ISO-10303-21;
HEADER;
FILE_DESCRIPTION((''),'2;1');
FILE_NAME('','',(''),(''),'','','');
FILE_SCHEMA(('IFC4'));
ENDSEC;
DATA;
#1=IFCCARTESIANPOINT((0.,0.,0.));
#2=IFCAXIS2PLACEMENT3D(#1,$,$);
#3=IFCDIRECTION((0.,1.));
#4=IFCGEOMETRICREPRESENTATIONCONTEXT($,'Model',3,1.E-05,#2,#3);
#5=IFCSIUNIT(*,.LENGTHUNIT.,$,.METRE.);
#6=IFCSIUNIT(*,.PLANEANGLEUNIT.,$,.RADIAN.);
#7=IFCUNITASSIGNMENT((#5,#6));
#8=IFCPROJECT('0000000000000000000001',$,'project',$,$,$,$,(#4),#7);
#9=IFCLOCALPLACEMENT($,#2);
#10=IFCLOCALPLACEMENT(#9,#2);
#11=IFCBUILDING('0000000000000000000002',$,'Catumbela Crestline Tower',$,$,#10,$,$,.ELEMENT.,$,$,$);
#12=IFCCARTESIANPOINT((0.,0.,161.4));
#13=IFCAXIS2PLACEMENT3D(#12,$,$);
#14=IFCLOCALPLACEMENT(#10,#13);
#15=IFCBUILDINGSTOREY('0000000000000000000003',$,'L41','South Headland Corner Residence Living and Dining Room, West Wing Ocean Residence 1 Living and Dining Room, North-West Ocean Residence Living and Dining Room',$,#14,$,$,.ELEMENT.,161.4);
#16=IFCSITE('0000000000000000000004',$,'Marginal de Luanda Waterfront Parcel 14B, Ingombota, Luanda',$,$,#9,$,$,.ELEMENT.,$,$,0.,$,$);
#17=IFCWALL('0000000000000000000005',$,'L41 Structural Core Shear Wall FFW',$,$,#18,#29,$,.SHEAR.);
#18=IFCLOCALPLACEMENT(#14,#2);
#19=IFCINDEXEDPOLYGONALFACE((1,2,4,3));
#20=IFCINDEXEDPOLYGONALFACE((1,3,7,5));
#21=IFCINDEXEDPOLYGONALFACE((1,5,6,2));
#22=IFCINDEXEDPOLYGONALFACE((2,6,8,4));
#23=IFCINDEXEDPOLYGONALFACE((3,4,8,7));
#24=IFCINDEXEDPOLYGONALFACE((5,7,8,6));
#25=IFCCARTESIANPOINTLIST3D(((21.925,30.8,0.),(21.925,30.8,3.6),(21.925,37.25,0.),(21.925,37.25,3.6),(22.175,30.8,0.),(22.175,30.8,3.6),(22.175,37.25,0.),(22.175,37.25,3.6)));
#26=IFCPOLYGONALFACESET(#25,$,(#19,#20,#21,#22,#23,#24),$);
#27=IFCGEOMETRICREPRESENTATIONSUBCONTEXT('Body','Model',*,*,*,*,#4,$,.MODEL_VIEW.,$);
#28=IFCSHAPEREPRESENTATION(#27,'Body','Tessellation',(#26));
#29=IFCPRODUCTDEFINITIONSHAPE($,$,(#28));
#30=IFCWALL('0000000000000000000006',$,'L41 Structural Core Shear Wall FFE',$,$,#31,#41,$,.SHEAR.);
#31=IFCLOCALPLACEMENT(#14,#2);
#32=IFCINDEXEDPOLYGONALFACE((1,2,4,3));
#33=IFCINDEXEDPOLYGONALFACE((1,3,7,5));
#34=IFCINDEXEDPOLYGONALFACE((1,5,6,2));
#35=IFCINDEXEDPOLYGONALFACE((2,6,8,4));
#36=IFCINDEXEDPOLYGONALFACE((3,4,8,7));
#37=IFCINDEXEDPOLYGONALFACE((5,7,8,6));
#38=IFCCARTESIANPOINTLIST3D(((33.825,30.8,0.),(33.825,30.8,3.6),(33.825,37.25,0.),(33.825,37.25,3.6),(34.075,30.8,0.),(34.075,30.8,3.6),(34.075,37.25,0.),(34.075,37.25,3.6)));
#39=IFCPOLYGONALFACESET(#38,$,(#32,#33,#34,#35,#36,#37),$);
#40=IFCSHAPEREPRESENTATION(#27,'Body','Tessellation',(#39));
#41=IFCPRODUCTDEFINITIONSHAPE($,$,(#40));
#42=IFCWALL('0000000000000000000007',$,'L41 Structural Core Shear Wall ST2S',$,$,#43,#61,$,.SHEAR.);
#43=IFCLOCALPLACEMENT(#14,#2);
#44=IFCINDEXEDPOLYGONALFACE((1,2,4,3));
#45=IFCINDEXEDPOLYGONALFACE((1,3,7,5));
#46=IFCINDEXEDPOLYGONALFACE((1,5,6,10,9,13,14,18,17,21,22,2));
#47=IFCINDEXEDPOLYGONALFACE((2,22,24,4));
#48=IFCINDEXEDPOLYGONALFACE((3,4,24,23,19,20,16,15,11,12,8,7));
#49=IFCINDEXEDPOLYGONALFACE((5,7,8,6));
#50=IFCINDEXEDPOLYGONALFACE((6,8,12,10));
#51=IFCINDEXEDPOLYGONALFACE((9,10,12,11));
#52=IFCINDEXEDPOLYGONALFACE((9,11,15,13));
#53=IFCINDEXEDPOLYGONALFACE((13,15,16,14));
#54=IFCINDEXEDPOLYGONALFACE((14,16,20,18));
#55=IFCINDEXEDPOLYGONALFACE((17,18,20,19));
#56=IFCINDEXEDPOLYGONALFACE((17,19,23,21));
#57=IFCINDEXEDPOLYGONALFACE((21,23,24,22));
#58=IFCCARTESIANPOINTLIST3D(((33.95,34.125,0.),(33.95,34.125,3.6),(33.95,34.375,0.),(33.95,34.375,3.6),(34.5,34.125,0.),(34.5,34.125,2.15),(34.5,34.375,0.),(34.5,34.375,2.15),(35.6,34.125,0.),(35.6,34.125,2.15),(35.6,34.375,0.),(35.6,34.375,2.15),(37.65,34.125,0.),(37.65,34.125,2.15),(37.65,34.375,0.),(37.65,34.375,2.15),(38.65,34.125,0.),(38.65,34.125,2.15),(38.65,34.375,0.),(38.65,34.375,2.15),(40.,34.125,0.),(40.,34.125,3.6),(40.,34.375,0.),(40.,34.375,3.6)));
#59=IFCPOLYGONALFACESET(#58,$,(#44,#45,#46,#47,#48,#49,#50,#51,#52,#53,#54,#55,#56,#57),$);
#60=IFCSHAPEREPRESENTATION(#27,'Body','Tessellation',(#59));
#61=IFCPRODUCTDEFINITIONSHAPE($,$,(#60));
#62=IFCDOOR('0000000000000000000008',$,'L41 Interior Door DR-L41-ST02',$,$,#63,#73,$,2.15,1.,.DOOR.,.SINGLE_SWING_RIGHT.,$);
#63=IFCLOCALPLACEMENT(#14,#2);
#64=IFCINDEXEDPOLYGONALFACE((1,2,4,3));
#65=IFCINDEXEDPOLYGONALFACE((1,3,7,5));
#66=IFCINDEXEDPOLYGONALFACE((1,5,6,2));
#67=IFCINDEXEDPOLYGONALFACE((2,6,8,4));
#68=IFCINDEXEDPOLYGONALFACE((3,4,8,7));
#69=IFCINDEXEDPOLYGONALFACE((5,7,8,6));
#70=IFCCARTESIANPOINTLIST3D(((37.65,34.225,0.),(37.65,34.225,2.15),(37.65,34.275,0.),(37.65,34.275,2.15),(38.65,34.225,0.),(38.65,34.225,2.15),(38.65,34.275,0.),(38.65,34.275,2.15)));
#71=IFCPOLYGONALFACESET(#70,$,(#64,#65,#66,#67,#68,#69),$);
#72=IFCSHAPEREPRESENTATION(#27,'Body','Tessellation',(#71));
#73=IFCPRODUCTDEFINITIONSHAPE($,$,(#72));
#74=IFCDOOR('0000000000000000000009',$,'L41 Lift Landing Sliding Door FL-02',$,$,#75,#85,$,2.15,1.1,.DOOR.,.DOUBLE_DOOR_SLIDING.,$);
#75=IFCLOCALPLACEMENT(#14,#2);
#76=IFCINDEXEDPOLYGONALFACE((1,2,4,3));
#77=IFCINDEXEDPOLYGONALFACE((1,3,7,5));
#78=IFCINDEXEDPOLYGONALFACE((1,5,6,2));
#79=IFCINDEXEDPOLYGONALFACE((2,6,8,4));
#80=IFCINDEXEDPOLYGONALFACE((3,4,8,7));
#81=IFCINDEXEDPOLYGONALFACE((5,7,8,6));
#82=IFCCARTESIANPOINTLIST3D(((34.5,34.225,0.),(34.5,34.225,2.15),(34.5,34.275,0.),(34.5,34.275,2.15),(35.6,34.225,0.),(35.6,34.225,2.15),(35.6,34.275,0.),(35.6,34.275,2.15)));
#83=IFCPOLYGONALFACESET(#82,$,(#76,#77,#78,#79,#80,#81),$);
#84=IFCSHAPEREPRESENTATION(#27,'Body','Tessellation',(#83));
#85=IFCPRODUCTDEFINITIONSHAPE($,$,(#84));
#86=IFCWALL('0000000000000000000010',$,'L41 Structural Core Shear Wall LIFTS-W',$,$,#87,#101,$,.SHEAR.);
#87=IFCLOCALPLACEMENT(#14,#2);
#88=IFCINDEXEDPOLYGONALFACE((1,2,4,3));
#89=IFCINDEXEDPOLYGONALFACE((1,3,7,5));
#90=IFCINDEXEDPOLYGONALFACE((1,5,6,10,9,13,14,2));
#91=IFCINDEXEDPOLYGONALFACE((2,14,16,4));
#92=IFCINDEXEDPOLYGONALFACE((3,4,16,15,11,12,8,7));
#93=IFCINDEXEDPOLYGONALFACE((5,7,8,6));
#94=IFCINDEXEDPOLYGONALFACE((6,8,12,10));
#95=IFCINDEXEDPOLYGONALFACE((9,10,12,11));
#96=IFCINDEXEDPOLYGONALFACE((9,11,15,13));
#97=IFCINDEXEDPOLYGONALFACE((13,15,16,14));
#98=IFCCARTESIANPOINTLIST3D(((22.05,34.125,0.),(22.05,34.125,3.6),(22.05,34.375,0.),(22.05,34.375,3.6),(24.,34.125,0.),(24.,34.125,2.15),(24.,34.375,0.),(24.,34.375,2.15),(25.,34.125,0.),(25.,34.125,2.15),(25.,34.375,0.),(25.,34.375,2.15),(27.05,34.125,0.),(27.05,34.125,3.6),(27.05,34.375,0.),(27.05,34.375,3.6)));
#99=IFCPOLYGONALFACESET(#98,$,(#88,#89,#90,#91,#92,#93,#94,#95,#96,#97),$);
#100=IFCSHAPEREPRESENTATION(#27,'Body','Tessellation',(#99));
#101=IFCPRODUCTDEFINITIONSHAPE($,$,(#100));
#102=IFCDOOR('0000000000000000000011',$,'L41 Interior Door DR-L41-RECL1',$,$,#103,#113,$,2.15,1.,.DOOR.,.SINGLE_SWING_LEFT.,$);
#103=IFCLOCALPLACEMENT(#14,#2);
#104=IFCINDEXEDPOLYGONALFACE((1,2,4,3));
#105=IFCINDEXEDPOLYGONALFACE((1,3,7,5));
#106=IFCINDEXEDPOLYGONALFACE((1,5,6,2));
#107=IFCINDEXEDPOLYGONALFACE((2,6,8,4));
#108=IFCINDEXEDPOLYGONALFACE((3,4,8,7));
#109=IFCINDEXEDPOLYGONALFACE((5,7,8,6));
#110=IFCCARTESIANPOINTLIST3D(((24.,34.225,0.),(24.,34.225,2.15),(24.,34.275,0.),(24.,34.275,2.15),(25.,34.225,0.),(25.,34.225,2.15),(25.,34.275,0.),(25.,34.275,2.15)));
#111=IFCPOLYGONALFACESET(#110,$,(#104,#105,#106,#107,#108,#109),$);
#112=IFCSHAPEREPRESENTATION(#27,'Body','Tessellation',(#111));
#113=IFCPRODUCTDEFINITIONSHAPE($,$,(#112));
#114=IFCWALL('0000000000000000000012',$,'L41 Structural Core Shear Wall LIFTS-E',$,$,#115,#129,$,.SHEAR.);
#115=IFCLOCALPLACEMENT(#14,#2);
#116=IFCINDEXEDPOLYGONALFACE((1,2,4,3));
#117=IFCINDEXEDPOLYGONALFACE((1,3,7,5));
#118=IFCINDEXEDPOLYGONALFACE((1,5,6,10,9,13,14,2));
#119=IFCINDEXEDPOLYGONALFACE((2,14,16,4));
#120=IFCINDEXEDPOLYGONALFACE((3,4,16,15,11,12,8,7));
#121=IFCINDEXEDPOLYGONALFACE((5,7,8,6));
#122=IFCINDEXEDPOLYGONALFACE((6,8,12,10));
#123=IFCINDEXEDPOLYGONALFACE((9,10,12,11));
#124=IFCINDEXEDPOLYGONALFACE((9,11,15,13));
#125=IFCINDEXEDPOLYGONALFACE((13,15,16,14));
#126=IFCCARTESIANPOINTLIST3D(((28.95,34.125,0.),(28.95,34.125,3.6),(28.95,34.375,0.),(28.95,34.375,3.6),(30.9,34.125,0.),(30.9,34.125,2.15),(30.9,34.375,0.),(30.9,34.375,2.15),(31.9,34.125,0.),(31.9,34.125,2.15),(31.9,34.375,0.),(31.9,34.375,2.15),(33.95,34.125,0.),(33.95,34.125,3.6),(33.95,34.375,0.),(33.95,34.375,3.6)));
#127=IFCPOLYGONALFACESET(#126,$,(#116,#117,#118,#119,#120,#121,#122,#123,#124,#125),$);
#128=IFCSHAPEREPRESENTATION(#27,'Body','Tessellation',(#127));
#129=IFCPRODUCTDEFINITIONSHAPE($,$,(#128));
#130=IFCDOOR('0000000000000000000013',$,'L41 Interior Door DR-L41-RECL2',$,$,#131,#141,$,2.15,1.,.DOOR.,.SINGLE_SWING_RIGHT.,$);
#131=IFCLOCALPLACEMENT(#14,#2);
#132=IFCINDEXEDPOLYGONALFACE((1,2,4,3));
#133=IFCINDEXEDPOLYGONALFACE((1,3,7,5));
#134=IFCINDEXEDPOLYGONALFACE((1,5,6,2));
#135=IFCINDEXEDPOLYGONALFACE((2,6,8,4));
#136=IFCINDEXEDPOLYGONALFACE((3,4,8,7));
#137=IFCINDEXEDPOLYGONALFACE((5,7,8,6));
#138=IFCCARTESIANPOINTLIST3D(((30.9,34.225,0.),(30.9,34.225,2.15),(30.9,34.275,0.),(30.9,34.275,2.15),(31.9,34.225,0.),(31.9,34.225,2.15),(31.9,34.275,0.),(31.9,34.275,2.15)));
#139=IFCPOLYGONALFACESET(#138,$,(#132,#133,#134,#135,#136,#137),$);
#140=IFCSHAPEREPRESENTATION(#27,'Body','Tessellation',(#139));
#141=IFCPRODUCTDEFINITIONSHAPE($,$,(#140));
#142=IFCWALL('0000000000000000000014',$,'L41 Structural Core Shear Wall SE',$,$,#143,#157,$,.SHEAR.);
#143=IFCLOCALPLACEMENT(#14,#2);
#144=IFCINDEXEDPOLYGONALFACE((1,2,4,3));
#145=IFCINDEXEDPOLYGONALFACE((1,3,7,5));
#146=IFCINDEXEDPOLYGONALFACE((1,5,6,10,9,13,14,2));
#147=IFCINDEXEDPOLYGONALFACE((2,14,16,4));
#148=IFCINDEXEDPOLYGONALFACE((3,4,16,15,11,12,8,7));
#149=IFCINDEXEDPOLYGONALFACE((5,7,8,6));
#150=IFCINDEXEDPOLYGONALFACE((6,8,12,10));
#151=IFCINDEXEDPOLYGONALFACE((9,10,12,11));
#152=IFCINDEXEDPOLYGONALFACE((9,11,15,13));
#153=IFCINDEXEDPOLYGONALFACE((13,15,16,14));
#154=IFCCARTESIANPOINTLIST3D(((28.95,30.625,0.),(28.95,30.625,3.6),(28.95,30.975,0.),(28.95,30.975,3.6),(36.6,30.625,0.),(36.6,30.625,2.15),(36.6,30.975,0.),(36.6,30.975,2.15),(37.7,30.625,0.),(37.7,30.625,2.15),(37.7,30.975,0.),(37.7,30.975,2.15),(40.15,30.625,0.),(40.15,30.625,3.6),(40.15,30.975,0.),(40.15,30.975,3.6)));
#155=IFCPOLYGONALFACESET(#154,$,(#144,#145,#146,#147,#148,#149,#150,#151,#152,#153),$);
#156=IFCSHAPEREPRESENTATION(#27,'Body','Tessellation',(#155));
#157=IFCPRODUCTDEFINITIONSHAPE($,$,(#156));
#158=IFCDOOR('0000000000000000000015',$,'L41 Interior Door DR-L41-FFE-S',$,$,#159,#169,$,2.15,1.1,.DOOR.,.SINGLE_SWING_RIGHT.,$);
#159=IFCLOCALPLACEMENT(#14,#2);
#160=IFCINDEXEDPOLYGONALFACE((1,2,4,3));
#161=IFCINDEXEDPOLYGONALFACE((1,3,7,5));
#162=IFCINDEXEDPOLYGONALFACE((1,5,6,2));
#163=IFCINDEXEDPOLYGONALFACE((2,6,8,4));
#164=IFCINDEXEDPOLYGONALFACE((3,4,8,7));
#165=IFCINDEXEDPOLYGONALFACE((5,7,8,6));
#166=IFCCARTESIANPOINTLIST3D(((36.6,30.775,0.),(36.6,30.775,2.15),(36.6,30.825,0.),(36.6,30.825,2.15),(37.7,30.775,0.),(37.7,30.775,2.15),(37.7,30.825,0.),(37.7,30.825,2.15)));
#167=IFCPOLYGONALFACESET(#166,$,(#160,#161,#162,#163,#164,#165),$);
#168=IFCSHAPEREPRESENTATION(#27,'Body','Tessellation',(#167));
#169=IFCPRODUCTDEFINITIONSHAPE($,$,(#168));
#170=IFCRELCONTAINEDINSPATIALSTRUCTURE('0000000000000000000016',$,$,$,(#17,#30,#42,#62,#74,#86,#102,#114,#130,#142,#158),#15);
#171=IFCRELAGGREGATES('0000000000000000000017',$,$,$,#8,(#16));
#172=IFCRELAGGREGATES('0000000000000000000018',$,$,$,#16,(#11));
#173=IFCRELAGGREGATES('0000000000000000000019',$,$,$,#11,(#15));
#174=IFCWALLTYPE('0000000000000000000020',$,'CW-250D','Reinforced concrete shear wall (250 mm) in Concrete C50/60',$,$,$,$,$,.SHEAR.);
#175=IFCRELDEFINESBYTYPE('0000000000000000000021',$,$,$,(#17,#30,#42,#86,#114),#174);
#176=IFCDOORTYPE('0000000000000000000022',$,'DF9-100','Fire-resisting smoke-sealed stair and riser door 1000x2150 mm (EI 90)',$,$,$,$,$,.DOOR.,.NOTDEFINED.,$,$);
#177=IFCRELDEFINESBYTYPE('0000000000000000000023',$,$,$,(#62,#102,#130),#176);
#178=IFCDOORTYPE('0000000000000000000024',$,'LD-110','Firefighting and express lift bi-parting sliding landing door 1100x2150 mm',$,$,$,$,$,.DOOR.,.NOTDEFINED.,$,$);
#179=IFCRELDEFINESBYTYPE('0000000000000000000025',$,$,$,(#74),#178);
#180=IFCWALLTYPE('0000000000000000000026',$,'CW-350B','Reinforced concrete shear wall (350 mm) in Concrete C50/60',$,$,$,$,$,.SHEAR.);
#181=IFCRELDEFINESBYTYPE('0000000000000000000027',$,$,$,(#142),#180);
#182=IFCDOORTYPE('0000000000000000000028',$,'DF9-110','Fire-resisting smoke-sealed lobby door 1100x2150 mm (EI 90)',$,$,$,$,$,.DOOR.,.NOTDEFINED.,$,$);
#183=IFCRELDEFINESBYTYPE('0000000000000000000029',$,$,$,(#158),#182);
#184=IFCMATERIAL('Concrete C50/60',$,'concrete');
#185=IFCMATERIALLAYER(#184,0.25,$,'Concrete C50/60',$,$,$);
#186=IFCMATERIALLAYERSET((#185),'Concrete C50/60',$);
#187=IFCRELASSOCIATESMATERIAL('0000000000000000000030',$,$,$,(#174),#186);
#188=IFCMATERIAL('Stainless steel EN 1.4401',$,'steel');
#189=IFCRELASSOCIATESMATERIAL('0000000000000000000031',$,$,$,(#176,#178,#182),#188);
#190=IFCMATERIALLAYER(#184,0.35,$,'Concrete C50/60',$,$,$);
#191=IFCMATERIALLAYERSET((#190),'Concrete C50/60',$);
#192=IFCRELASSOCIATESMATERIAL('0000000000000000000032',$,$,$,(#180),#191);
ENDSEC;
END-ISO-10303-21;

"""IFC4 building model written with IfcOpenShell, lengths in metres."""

from ifc_helpers import new_model, si_unit, direction, frame, frame_2d, origin, place, context, subcontext, project, spatial, rectangle, extrude, material, layer, layer_set, type_object, element, fill, save


model = new_model("IFC4")

# Units and contexts
model_context = context("Model", 3, precision=1e-05, world=origin(), true_north=direction((0.0, 1.0)))
body_context = subcontext(model_context, "Body", "Model", "MODEL_VIEW")
ifc_project = project(units=[si_unit("LENGTHUNIT", "METRE"), si_unit("PLANEANGLEUNIT", "RADIAN")], contexts=[model_context])

# Site, building, storey
site_placement = place(None, origin())
site = spatial("IfcSite", under=ifc_project, at=site_placement, Name="Marginal de Luanda Waterfront Parcel 14B, Ingombota, Luanda", CompositionType="ELEMENT", RefElevation=0.0)
building_placement = place(site_placement, origin())
building = spatial("IfcBuilding", under=site, at=building_placement, Name="Catumbela Crestline Tower", CompositionType="ELEMENT")
storey_placement = place(building_placement, frame((0.0, 0.0, 161.4)))
storey = spatial("IfcBuildingStorey", under=building, at=storey_placement, Name="L41", Description="South Headland Corner Residence Living and Dining Room, West Wing Ocean Residence 1 Living and Dining Room, North-West Ocean Residence Living and Dining Room", CompositionType="ELEMENT", Elevation=161.4)

# Walls
ifc_material_1 = material(Name="Concrete C50/60", Category="concrete")
ifc_layer_1 = layer(ifc_material_1, 0.25, Name="Concrete C50/60")
ifc_layer_set_1 = layer_set([ifc_layer_1], Name="Concrete C50/60")
wall_type_1 = type_object("IfcWallType", Name="CW-250D", Description="Reinforced concrete shear wall (250 mm) in Concrete C50/60", PredefinedType="SHEAR", material=ifc_layer_set_1)
for number, where, z_axis, x_axis, name in (
    (1, (22.05, 30.8, 0.0), (0.0, 0.0, 1.0), (0.0, 1.0, 0.0), "L41 Structural Core Shear Wall FFW"),
    (2, (33.95, 30.8, 0.0), (0.0, 0.0, 1.0), (0.0, 1.0, 0.0), "L41 Structural Core Shear Wall FFE"),
):
    element("IfcWall", number, at=place(storey_placement, frame(where, z_axis=z_axis, x_axis=x_axis)), inside=storey, type_object=wall_type_1, Name=name, PredefinedType="SHEAR", context=body_context, shape_type="SweptSolid", body=[
        extrude(rectangle(XDim=6.45, YDim=0.25, at=frame_2d((3.225, 0.0))), origin(), (0.0, 0.0, 1.0), 3.6),
    ])

# Wall, openings, doors
wall_1_placement = place(storey_placement, frame((33.95, 34.25, 0.0), z_axis=(0.0, 0.0, 1.0), x_axis=(1.0, 0.0, 0.0)))
wall_1 = element("IfcWall", 3, at=wall_1_placement, inside=storey, type_object=wall_type_1, Name="L41 Structural Core Shear Wall ST2S", PredefinedType="SHEAR", context=body_context, shape_type="SweptSolid", body=[
    extrude(rectangle(XDim=6.05, YDim=0.25, at=frame_2d((3.025, 0.0))), origin(), (0.0, 0.0, 1.0), 3.6),
])
opening_1_placement = place(wall_1_placement, frame((3.7, 0.0, 0.0)))
opening_1 = element("IfcOpeningElement", 4, at=opening_1_placement, cuts=wall_1, PredefinedType="OPENING", context=body_context, shape_type="SweptSolid", body=[
    extrude(rectangle(XDim=1.0, YDim=2.15, at=frame_2d((0.5, 1.075))), frame((0.0, 0.135, 0.0), z_axis=(0.0, -1.0, 0.0), x_axis=(1.0, 0.0, 0.0)), (0.0, 0.0, 1.0), 0.27),
])
opening_2_placement = place(wall_1_placement, frame((0.55, 0.0, 0.0)))
opening_2 = element("IfcOpeningElement", 5, at=opening_2_placement, cuts=wall_1, PredefinedType="OPENING", context=body_context, shape_type="SweptSolid", body=[
    extrude(rectangle(XDim=1.1, YDim=2.15, at=frame_2d((0.55, 1.075))), frame((0.0, 0.135, 0.0), z_axis=(0.0, -1.0, 0.0), x_axis=(1.0, 0.0, 0.0)), (0.0, 0.0, 1.0), 0.27),
])
ifc_material_2 = material(Name="Stainless steel EN 1.4401", Category="steel")
door_type_1 = type_object("IfcDoorType", Name="DF9-100", Description="Fire-resisting smoke-sealed stair and riser door 1000x2150 mm (EI 90)", OperationType="NOTDEFINED", PredefinedType="DOOR", material=ifc_material_2)
door_1_placement = place(opening_1_placement, origin())
door_1 = element("IfcDoor", 6, at=door_1_placement, inside=storey, type_object=door_type_1, Name="L41 Interior Door DR-L41-ST02", OperationType="SINGLE_SWING_RIGHT", OverallHeight=2.15, OverallWidth=1.0, PredefinedType="DOOR", context=body_context, shape_type="SweptSolid", body=[
    extrude(rectangle(XDim=1.0, YDim=2.15, at=frame_2d((0.5, 1.075))), frame((0.0, 0.025, 0.0), z_axis=(0.0, -1.0, 0.0), x_axis=(1.0, 0.0, 0.0)), (0.0, 0.0, 1.0), 0.05),
])
fill(opening_1, door_1)
door_type_2 = type_object("IfcDoorType", Name="LD-110", Description="Firefighting and express lift bi-parting sliding landing door 1100x2150 mm", OperationType="NOTDEFINED", PredefinedType="DOOR", material=ifc_material_2)
door_2_placement = place(opening_2_placement, origin())
door_2 = element("IfcDoor", 7, at=door_2_placement, inside=storey, type_object=door_type_2, Name="L41 Lift Landing Sliding Door FL-02", OperationType="DOUBLE_DOOR_SLIDING", OverallHeight=2.15, OverallWidth=1.1, PredefinedType="DOOR", context=body_context, shape_type="SweptSolid", body=[
    extrude(rectangle(XDim=1.1, YDim=2.15, at=frame_2d((0.55, 1.075))), frame((0.0, 0.025, 0.0), z_axis=(0.0, -1.0, 0.0), x_axis=(1.0, 0.0, 0.0)), (0.0, 0.0, 1.0), 0.05),
])
fill(opening_2, door_2)

# Walls, openings, doors
wall_2_placement = place(storey_placement, frame((22.05, 34.25, 0.0), z_axis=(0.0, 0.0, 1.0), x_axis=(1.0, 0.0, 0.0)))
wall_2 = element("IfcWall", 8, at=wall_2_placement, inside=storey, type_object=wall_type_1, Name="L41 Structural Core Shear Wall LIFTS-W", PredefinedType="SHEAR", context=body_context, shape_type="SweptSolid", body=[
    extrude(rectangle(XDim=5.0, YDim=0.25, at=frame_2d((2.5, 0.0))), origin(), (0.0, 0.0, 1.0), 3.6),
])
opening_3_placement = place(wall_2_placement, frame((1.95, 0.0, 0.0)))
opening_3 = element("IfcOpeningElement", 9, at=opening_3_placement, cuts=wall_2, PredefinedType="OPENING", context=body_context, shape_type="SweptSolid", body=[
    extrude(rectangle(XDim=1.0, YDim=2.15, at=frame_2d((0.5, 1.075))), frame((0.0, 0.135, 0.0), z_axis=(0.0, -1.0, 0.0), x_axis=(1.0, 0.0, 0.0)), (0.0, 0.0, 1.0), 0.27),
])
door_3_placement = place(opening_3_placement, origin())
door_3 = element("IfcDoor", 10, at=door_3_placement, inside=storey, type_object=door_type_1, Name="L41 Interior Door DR-L41-RECL1", OperationType="SINGLE_SWING_LEFT", OverallHeight=2.15, OverallWidth=1.0, PredefinedType="DOOR", context=body_context, shape_type="SweptSolid", body=[
    extrude(rectangle(XDim=1.0, YDim=2.15, at=frame_2d((0.5, 1.075))), frame((0.0, 0.025, 0.0), z_axis=(0.0, -1.0, 0.0), x_axis=(1.0, 0.0, 0.0)), (0.0, 0.0, 1.0), 0.05),
])
fill(opening_3, door_3)
wall_3_placement = place(storey_placement, frame((28.95, 34.25, 0.0), z_axis=(0.0, 0.0, 1.0), x_axis=(1.0, 0.0, 0.0)))
wall_3 = element("IfcWall", 11, at=wall_3_placement, inside=storey, type_object=wall_type_1, Name="L41 Structural Core Shear Wall LIFTS-E", PredefinedType="SHEAR", context=body_context, shape_type="SweptSolid", body=[
    extrude(rectangle(XDim=5.0, YDim=0.25, at=frame_2d((2.5, 0.0))), origin(), (0.0, 0.0, 1.0), 3.6),
])
opening_4_placement = place(wall_3_placement, frame((1.95, 0.0, 0.0)))
opening_4 = element("IfcOpeningElement", 12, at=opening_4_placement, cuts=wall_3, PredefinedType="OPENING", context=body_context, shape_type="SweptSolid", body=[
    extrude(rectangle(XDim=1.0, YDim=2.15, at=frame_2d((0.5, 1.075))), frame((0.0, 0.135, 0.0), z_axis=(0.0, -1.0, 0.0), x_axis=(1.0, 0.0, 0.0)), (0.0, 0.0, 1.0), 0.27),
])
door_4_placement = place(opening_4_placement, origin())
door_4 = element("IfcDoor", 13, at=door_4_placement, inside=storey, type_object=door_type_1, Name="L41 Interior Door DR-L41-RECL2", OperationType="SINGLE_SWING_RIGHT", OverallHeight=2.15, OverallWidth=1.0, PredefinedType="DOOR", context=body_context, shape_type="SweptSolid", body=[
    extrude(rectangle(XDim=1.0, YDim=2.15, at=frame_2d((0.5, 1.075))), frame((0.0, 0.025, 0.0), z_axis=(0.0, -1.0, 0.0), x_axis=(1.0, 0.0, 0.0)), (0.0, 0.0, 1.0), 0.05),
])
fill(opening_4, door_4)
ifc_layer_2 = layer(ifc_material_1, 0.35, Name="Concrete C50/60")
ifc_layer_set_2 = layer_set([ifc_layer_2], Name="Concrete C50/60")
wall_type_2 = type_object("IfcWallType", Name="CW-350B", Description="Reinforced concrete shear wall (350 mm) in Concrete C50/60", PredefinedType="SHEAR", material=ifc_layer_set_2)
wall_4_placement = place(storey_placement, frame((28.95, 30.8, 0.0), z_axis=(0.0, 0.0, 1.0), x_axis=(1.0, 0.0, 0.0)))
wall_4 = element("IfcWall", 14, at=wall_4_placement, inside=storey, type_object=wall_type_2, Name="L41 Structural Core Shear Wall SE", PredefinedType="SHEAR", context=body_context, shape_type="SweptSolid", body=[
    extrude(rectangle(XDim=11.2, YDim=0.35, at=frame_2d((5.6, 0.0))), origin(), (0.0, 0.0, 1.0), 3.6),
])
opening_5_placement = place(wall_4_placement, frame((7.65, 0.0, 0.0)))
opening_5 = element("IfcOpeningElement", 15, at=opening_5_placement, cuts=wall_4, PredefinedType="OPENING", context=body_context, shape_type="SweptSolid", body=[
    extrude(rectangle(XDim=1.1, YDim=2.15, at=frame_2d((0.55, 1.075))), frame((0.0, 0.185, 0.0), z_axis=(0.0, -1.0, 0.0), x_axis=(1.0, 0.0, 0.0)), (0.0, 0.0, 1.0), 0.37),
])
door_type_3 = type_object("IfcDoorType", Name="DF9-110", Description="Fire-resisting smoke-sealed lobby door 1100x2150 mm (EI 90)", OperationType="NOTDEFINED", PredefinedType="DOOR", material=ifc_material_2)
door_5_placement = place(opening_5_placement, origin())
door_5 = element("IfcDoor", 16, at=door_5_placement, inside=storey, type_object=door_type_3, Name="L41 Interior Door DR-L41-FFE-S", OperationType="SINGLE_SWING_RIGHT", OverallHeight=2.15, OverallWidth=1.1, PredefinedType="DOOR", context=body_context, shape_type="SweptSolid", body=[
    extrude(rectangle(XDim=1.1, YDim=2.15, at=frame_2d((0.55, 1.075))), frame((0.0, 0.025, 0.0), z_axis=(0.0, -1.0, 0.0), x_axis=(1.0, 0.0, 0.0)), (0.0, 0.0, 1.0), 0.05),
])
fill(opening_5, door_5)

save(model, "model.ifc")
